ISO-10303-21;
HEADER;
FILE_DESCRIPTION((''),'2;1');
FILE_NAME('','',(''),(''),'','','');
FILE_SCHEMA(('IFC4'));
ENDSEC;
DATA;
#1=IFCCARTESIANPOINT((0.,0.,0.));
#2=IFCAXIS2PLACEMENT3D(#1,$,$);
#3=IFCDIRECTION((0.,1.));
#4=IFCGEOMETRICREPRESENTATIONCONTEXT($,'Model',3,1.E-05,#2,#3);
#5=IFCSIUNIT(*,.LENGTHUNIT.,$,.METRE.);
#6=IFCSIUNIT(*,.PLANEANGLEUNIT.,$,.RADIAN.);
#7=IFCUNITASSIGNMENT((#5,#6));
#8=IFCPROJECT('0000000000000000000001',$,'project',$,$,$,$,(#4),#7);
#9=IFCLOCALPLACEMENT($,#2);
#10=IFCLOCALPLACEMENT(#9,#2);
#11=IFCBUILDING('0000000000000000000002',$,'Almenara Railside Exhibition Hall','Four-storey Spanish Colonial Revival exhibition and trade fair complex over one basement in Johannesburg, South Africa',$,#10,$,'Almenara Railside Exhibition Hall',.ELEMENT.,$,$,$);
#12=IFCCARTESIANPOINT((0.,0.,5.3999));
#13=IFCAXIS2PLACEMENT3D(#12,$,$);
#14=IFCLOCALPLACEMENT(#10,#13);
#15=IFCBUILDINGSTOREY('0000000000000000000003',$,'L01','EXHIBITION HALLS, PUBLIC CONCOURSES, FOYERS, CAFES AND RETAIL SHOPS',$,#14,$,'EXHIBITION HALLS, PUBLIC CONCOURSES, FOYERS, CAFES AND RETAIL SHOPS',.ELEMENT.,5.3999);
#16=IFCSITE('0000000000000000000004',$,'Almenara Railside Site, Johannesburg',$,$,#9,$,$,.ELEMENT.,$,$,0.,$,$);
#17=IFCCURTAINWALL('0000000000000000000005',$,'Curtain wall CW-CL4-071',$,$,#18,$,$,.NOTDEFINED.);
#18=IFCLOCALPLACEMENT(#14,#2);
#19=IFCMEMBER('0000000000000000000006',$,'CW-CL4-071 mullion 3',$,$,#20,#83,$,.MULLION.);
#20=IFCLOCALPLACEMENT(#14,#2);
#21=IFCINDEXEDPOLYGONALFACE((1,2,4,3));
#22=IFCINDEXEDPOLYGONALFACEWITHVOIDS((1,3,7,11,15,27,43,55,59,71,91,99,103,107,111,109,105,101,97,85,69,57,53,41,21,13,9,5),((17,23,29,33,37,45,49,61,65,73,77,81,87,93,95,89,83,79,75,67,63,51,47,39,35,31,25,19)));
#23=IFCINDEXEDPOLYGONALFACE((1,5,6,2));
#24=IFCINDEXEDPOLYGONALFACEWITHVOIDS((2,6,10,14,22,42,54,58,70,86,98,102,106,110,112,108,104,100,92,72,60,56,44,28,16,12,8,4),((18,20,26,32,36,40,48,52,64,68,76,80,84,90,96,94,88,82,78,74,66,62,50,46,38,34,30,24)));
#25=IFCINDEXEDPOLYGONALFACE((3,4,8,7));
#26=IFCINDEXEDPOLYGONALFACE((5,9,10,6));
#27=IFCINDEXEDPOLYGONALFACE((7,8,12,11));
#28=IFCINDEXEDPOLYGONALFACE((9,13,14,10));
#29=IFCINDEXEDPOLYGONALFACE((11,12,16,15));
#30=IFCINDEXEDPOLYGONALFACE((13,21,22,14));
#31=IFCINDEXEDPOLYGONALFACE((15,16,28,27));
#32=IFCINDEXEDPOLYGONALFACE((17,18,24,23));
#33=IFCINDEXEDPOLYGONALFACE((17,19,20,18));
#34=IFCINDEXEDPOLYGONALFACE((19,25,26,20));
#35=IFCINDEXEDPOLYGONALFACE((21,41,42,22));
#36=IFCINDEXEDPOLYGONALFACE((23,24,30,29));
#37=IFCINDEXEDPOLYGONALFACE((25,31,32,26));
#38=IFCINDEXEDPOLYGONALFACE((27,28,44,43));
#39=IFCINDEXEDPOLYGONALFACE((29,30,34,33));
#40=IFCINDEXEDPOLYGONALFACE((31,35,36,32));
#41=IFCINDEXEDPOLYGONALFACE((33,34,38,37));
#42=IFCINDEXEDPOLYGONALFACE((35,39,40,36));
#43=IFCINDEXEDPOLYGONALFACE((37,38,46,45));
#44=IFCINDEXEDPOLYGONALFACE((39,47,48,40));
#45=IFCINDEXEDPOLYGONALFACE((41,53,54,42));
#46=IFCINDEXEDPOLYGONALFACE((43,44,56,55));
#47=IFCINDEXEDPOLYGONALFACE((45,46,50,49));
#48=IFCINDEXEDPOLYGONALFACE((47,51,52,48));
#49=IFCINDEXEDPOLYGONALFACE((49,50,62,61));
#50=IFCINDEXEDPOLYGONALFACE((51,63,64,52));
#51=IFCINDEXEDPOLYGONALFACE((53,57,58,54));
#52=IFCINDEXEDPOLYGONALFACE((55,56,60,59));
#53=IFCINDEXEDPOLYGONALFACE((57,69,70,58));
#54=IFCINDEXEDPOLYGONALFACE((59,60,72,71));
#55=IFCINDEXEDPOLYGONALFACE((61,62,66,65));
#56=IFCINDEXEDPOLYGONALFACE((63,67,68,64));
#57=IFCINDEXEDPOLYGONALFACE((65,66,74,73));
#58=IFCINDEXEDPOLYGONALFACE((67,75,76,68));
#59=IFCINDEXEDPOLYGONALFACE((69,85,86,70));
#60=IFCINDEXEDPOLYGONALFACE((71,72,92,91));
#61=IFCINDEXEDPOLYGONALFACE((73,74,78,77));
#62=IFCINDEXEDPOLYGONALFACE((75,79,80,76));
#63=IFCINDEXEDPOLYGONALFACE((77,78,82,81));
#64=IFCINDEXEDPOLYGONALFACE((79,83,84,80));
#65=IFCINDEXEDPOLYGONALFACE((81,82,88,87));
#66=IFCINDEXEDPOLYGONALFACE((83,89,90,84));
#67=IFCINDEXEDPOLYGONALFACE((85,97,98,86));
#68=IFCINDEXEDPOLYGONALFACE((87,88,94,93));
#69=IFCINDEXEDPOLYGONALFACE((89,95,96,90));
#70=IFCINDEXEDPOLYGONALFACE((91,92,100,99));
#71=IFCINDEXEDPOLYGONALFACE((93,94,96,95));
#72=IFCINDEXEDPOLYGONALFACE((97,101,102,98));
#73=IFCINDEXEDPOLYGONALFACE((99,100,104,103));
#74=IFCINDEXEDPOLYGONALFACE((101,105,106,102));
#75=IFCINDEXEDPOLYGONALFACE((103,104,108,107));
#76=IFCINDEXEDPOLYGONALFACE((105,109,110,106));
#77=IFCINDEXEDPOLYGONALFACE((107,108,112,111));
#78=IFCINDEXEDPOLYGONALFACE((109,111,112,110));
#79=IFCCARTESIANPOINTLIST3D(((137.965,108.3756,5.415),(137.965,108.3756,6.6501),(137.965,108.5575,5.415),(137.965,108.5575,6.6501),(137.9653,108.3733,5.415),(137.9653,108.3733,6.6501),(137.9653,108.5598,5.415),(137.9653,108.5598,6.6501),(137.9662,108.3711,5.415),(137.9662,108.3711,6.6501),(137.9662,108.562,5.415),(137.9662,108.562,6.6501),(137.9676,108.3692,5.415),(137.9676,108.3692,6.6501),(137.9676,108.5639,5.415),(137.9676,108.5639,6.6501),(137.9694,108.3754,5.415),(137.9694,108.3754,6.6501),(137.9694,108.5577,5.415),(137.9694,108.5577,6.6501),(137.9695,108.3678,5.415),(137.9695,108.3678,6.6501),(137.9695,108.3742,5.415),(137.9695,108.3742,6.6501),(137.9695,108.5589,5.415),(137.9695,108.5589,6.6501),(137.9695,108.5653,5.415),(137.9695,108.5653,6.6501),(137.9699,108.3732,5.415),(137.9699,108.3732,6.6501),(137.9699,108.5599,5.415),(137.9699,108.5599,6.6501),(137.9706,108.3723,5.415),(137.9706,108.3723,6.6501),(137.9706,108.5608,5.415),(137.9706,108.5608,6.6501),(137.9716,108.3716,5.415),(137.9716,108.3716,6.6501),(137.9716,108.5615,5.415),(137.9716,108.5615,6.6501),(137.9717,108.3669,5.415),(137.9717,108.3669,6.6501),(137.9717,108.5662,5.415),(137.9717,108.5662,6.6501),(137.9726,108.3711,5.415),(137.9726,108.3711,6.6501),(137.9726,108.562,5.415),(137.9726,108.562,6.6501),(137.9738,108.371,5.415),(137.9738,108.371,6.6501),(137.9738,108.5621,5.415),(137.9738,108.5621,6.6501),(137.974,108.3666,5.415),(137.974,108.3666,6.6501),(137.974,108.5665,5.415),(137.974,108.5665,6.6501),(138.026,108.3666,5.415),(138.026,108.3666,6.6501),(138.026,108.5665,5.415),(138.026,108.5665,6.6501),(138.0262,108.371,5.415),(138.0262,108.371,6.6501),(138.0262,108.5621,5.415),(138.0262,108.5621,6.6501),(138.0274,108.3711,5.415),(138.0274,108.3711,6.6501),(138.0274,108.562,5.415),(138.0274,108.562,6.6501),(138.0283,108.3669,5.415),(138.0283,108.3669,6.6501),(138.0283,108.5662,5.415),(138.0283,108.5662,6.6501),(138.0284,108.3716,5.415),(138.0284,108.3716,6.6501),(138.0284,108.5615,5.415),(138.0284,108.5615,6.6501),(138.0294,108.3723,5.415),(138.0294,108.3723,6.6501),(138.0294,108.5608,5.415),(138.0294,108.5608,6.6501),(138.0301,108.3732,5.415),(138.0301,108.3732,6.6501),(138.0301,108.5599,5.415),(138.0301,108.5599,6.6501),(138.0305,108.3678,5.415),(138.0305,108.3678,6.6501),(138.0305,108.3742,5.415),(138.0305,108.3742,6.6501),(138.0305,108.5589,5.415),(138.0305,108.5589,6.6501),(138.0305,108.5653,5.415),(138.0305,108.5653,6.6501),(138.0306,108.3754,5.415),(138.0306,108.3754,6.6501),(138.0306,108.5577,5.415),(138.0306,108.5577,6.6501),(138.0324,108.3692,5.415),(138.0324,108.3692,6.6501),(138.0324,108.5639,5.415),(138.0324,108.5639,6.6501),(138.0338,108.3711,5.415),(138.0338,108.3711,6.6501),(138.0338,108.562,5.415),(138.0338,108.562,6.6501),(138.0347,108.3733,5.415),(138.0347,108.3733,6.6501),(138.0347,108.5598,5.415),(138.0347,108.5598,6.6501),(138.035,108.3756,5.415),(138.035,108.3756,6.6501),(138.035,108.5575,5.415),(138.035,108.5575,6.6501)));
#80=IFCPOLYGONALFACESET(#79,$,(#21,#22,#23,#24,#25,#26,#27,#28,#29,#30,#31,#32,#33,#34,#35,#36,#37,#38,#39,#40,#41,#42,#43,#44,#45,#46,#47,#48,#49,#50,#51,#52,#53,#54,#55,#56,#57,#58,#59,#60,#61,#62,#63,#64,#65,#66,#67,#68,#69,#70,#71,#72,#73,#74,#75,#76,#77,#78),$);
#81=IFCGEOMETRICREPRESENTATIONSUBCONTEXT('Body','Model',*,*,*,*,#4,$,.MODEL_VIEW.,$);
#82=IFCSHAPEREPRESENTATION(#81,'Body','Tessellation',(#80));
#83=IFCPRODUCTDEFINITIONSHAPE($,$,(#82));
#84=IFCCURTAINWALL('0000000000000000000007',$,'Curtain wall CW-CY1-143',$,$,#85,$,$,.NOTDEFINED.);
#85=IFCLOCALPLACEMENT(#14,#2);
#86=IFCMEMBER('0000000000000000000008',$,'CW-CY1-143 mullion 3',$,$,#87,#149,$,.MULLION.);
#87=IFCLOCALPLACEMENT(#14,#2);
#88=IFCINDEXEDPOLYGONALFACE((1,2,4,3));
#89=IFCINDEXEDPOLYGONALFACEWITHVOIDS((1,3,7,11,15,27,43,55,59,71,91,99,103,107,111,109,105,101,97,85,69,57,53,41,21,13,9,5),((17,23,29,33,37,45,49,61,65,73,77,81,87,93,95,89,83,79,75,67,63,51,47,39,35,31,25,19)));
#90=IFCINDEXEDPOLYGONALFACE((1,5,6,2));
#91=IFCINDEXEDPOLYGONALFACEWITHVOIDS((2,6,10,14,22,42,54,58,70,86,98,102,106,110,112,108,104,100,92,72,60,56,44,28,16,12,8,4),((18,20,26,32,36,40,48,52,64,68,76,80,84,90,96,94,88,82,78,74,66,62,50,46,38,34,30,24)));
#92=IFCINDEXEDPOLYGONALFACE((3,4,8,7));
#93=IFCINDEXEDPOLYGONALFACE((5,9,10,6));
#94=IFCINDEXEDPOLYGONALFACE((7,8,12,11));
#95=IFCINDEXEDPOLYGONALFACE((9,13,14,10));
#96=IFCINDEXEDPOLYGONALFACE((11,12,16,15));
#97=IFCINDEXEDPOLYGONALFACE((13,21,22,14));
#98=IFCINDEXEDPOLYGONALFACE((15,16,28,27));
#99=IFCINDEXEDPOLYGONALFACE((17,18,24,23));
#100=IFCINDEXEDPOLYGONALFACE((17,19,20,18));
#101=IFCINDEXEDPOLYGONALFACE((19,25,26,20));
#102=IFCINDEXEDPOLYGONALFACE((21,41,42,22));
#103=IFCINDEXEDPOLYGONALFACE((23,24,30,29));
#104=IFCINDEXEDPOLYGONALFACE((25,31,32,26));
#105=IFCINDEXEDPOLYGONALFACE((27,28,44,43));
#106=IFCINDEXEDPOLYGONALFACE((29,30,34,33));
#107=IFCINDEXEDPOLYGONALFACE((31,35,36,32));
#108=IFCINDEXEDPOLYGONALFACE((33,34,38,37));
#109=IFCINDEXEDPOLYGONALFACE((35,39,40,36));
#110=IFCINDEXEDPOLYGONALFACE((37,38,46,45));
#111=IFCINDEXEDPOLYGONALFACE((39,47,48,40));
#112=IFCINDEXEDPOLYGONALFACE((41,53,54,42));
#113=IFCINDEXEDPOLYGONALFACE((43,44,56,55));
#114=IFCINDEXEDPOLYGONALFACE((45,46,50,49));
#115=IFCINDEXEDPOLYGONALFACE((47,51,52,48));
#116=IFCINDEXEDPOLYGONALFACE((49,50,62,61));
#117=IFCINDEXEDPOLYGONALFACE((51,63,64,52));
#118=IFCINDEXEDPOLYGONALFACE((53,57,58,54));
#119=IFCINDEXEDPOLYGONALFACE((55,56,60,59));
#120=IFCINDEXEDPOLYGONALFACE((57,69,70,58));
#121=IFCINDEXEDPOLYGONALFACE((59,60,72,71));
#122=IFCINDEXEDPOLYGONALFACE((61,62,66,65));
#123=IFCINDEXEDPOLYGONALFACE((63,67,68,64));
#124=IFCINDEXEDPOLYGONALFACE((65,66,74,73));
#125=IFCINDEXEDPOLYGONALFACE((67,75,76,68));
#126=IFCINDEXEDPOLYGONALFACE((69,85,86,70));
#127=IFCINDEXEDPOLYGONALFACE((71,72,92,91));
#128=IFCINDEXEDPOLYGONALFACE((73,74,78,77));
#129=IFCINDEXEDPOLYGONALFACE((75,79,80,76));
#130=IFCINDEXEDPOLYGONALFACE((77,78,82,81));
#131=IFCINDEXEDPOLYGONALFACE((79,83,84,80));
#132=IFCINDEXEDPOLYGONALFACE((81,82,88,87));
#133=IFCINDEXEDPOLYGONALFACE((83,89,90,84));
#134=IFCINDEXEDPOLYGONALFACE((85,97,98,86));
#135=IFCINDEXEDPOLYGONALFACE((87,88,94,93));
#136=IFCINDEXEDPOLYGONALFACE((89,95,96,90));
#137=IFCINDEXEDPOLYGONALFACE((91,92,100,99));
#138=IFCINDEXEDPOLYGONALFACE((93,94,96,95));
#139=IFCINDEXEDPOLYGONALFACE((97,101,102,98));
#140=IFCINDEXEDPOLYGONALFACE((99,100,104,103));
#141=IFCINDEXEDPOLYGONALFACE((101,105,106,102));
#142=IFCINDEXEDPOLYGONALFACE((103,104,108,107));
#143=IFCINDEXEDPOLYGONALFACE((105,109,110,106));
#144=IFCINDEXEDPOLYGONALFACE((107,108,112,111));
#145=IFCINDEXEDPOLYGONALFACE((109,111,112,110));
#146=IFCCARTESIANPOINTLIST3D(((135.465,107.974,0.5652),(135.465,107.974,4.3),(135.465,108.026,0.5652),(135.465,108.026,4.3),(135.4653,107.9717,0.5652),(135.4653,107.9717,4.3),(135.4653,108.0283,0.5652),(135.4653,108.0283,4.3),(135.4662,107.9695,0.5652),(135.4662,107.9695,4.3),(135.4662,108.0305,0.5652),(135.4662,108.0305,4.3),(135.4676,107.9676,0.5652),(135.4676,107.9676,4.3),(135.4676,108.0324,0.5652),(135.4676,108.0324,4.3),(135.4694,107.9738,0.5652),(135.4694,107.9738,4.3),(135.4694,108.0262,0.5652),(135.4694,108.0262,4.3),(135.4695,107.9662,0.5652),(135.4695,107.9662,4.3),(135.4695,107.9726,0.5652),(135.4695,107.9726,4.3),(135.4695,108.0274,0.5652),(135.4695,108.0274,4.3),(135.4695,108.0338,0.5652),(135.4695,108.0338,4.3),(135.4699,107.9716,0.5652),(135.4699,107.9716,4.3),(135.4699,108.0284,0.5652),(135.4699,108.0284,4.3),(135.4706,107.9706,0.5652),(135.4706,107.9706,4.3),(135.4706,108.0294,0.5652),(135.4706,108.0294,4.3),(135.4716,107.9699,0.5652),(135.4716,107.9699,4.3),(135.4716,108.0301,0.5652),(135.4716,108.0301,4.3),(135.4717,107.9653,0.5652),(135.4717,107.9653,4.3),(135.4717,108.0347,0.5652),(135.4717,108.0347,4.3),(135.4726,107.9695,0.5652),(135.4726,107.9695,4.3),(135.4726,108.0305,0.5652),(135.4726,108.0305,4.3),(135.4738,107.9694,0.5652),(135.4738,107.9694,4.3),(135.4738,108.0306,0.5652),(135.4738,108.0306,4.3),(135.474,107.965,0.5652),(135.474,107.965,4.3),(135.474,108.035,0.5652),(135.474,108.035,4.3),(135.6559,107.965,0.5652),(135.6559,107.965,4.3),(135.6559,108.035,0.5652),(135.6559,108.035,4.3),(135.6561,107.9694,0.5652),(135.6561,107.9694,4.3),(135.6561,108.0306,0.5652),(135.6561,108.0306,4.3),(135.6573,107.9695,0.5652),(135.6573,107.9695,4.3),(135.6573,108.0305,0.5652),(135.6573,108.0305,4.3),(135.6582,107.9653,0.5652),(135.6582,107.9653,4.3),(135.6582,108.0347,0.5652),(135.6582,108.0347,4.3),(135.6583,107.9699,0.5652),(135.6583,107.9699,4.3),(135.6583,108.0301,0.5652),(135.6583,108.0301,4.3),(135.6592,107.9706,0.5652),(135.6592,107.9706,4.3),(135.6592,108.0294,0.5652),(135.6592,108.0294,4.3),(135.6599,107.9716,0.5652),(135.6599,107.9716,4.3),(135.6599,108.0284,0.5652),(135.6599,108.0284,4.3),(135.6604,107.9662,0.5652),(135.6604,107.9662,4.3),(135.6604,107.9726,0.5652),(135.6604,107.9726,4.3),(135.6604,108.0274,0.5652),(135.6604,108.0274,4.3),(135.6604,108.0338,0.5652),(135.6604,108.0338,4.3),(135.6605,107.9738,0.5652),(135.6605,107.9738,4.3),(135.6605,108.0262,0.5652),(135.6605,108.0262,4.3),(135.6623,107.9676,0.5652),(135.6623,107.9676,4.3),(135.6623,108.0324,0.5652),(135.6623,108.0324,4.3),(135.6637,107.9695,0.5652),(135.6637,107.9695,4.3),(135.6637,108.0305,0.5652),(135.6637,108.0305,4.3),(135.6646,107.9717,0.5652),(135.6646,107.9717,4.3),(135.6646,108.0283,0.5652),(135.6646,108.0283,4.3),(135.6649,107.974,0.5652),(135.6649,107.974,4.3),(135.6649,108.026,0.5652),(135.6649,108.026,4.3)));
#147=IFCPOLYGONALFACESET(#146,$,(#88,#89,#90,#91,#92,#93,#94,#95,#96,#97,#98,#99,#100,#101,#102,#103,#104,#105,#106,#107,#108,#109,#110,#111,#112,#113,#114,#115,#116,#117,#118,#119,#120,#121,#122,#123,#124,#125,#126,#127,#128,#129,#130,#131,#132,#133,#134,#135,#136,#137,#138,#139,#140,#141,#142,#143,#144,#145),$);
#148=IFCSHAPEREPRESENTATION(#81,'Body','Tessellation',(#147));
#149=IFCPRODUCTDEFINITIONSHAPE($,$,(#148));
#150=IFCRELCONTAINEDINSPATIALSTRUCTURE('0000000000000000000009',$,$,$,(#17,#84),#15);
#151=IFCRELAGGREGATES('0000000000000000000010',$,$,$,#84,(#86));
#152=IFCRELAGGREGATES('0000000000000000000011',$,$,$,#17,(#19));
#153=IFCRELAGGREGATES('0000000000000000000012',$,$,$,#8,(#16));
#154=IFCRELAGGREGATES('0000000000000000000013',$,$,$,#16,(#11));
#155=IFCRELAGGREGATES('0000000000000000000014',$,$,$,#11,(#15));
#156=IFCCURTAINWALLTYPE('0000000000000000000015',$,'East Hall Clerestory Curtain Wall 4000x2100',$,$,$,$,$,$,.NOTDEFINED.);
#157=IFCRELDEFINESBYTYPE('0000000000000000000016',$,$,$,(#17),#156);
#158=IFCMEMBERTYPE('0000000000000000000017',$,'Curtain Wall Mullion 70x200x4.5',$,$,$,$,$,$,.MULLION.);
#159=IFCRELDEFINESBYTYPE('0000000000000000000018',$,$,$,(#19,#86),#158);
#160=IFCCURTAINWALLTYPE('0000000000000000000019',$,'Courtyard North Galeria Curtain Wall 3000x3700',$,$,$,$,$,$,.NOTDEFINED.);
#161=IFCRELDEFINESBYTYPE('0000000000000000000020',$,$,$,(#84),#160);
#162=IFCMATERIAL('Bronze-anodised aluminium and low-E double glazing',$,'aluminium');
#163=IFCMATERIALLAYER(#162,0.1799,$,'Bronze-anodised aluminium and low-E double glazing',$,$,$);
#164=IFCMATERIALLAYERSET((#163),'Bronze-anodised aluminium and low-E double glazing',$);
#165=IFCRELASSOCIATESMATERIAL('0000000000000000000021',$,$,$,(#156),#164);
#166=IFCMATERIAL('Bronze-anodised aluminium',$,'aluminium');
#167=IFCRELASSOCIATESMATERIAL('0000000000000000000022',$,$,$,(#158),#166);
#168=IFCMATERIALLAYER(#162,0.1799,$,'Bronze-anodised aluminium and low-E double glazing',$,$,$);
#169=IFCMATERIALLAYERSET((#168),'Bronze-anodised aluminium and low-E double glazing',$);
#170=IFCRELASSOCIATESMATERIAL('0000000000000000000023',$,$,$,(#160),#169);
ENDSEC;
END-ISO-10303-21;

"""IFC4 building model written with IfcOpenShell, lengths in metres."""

from ifc_helpers import new_model, si_unit, direction, frame, origin, origin_2d, place, context, subcontext, project, spatial, hollow_rectangle, extrude, material, layer, layer_set, material_profile, profile_set, type_object, element, aggregate, save


model = new_model("IFC4")

# Units and contexts
model_context = context("Model", 3, precision=1e-05, world=origin(), true_north=direction((0.0, 1.0)))
body_context = subcontext(model_context, "Body", "Model", "MODEL_VIEW")
ifc_project = project(units=[si_unit("LENGTHUNIT", "METRE"), si_unit("PLANEANGLEUNIT", "RADIAN")], contexts=[model_context])

# Site, building, storey
site_placement = place(None, origin())
site = spatial("IfcSite", under=ifc_project, at=site_placement, Name="Almenara Railside Site, Johannesburg", CompositionType="ELEMENT", RefElevation=0.0)
building_placement = place(site_placement, origin())
building = spatial("IfcBuilding", under=site, at=building_placement, Name="Almenara Railside Exhibition Hall", Description="Four-storey Spanish Colonial Revival exhibition and trade fair complex over one basement in Johannesburg, South Africa", LongName="Almenara Railside Exhibition Hall", CompositionType="ELEMENT")
storey_placement = place(building_placement, frame((0.0, 0.0, 5.3999)))
storey = spatial("IfcBuildingStorey", under=building, at=storey_placement, Name="L01", Description="EXHIBITION HALLS, PUBLIC CONCOURSES, FOYERS, CAFES AND RETAIL SHOPS", LongName="EXHIBITION HALLS, PUBLIC CONCOURSES, FOYERS, CAFES AND RETAIL SHOPS", CompositionType="ELEMENT", Elevation=5.3999)

# Curtain wall, member
ifc_material_1 = material(Name="Bronze-anodised aluminium and low-E double glazing", Category="aluminium")
ifc_layer_1 = layer(ifc_material_1, 0.1799, Name="Bronze-anodised aluminium and low-E double glazing")
ifc_layer_set_1 = layer_set([ifc_layer_1], Name="Bronze-anodised aluminium and low-E double glazing")
curtain_wall_type_1 = type_object("IfcCurtainWallType", Name="East Hall Clerestory Curtain Wall 4000x2100", PredefinedType="NOTDEFINED", material=ifc_layer_set_1)
curtain_wall_1_placement = place(storey_placement, origin())
curtain_wall_1 = element("IfcCurtainWall", 1, at=curtain_wall_1_placement, inside=storey, type_object=curtain_wall_type_1, Name="Curtain wall CW-CL4-071", PredefinedType="NOTDEFINED")
ifc_material_2 = material(Name="Bronze-anodised aluminium", Category="aluminium")
ifc_material_profile_1 = material_profile(ifc_material_2, hollow_rectangle(XDim=0.0701, YDim=0.2, WallThickness=0.0044, InnerFilletRadius=0.0044, OuterFilletRadius=0.009, at=origin_2d()), Name="ALU-MUL 70x200x4.5")
ifc_profile_set_1 = profile_set([ifc_material_profile_1], Name="Bronze-anodised aluminium")
member_type_1 = type_object("IfcMemberType", Name="Curtain Wall Mullion 70x200x4.5", PredefinedType="MULLION", material=ifc_profile_set_1)
member_1_placement = place(storey_placement, frame((138.0, 108.4666, 5.415), z_axis=(0.0, 0.0, 1.0), x_axis=(-1.0, 0.0, 0.0)))
member_1 = element("IfcMember", 2, at=member_1_placement, type_object=member_type_1, Name="CW-CL4-071 mullion 3", PredefinedType="MULLION", context=body_context, shape_type="SweptSolid", body=[
    extrude(hollow_rectangle(XDim=0.0701, YDim=0.2, WallThickness=0.0044, InnerFilletRadius=0.0044, OuterFilletRadius=0.009, at=origin_2d()), origin(), (0.0, 0.0, 1.0), 1.2351),
])

# Curtain wall, member
ifc_layer_2 = layer(ifc_material_1, 0.1799, Name="Bronze-anodised aluminium and low-E double glazing")
ifc_layer_set_2 = layer_set([ifc_layer_2], Name="Bronze-anodised aluminium and low-E double glazing")
curtain_wall_type_2 = type_object("IfcCurtainWallType", Name="Courtyard North Galeria Curtain Wall 3000x3700", PredefinedType="NOTDEFINED", material=ifc_layer_set_2)
curtain_wall_2_placement = place(storey_placement, origin())
curtain_wall_2 = element("IfcCurtainWall", 3, at=curtain_wall_2_placement, inside=storey, type_object=curtain_wall_type_2, Name="Curtain wall CW-CY1-143", PredefinedType="NOTDEFINED")
member_2_placement = place(storey_placement, frame((135.5649, 108.0, 0.5652), z_axis=(0.0, 0.0, 1.0), x_axis=(0.0, 1.0, 0.0)))
member_2 = element("IfcMember", 4, at=member_2_placement, type_object=member_type_1, Name="CW-CY1-143 mullion 3", PredefinedType="MULLION", context=body_context, shape_type="SweptSolid", body=[
    extrude(hollow_rectangle(XDim=0.0701, YDim=0.2, WallThickness=0.0044, InnerFilletRadius=0.0044, OuterFilletRadius=0.009, at=origin_2d()), origin(), (0.0, 0.0, 1.0), 3.7349),
])
aggregate(curtain_wall_2, [member_2])

aggregate(curtain_wall_1, [member_1])

save(model, "model.ifc")
